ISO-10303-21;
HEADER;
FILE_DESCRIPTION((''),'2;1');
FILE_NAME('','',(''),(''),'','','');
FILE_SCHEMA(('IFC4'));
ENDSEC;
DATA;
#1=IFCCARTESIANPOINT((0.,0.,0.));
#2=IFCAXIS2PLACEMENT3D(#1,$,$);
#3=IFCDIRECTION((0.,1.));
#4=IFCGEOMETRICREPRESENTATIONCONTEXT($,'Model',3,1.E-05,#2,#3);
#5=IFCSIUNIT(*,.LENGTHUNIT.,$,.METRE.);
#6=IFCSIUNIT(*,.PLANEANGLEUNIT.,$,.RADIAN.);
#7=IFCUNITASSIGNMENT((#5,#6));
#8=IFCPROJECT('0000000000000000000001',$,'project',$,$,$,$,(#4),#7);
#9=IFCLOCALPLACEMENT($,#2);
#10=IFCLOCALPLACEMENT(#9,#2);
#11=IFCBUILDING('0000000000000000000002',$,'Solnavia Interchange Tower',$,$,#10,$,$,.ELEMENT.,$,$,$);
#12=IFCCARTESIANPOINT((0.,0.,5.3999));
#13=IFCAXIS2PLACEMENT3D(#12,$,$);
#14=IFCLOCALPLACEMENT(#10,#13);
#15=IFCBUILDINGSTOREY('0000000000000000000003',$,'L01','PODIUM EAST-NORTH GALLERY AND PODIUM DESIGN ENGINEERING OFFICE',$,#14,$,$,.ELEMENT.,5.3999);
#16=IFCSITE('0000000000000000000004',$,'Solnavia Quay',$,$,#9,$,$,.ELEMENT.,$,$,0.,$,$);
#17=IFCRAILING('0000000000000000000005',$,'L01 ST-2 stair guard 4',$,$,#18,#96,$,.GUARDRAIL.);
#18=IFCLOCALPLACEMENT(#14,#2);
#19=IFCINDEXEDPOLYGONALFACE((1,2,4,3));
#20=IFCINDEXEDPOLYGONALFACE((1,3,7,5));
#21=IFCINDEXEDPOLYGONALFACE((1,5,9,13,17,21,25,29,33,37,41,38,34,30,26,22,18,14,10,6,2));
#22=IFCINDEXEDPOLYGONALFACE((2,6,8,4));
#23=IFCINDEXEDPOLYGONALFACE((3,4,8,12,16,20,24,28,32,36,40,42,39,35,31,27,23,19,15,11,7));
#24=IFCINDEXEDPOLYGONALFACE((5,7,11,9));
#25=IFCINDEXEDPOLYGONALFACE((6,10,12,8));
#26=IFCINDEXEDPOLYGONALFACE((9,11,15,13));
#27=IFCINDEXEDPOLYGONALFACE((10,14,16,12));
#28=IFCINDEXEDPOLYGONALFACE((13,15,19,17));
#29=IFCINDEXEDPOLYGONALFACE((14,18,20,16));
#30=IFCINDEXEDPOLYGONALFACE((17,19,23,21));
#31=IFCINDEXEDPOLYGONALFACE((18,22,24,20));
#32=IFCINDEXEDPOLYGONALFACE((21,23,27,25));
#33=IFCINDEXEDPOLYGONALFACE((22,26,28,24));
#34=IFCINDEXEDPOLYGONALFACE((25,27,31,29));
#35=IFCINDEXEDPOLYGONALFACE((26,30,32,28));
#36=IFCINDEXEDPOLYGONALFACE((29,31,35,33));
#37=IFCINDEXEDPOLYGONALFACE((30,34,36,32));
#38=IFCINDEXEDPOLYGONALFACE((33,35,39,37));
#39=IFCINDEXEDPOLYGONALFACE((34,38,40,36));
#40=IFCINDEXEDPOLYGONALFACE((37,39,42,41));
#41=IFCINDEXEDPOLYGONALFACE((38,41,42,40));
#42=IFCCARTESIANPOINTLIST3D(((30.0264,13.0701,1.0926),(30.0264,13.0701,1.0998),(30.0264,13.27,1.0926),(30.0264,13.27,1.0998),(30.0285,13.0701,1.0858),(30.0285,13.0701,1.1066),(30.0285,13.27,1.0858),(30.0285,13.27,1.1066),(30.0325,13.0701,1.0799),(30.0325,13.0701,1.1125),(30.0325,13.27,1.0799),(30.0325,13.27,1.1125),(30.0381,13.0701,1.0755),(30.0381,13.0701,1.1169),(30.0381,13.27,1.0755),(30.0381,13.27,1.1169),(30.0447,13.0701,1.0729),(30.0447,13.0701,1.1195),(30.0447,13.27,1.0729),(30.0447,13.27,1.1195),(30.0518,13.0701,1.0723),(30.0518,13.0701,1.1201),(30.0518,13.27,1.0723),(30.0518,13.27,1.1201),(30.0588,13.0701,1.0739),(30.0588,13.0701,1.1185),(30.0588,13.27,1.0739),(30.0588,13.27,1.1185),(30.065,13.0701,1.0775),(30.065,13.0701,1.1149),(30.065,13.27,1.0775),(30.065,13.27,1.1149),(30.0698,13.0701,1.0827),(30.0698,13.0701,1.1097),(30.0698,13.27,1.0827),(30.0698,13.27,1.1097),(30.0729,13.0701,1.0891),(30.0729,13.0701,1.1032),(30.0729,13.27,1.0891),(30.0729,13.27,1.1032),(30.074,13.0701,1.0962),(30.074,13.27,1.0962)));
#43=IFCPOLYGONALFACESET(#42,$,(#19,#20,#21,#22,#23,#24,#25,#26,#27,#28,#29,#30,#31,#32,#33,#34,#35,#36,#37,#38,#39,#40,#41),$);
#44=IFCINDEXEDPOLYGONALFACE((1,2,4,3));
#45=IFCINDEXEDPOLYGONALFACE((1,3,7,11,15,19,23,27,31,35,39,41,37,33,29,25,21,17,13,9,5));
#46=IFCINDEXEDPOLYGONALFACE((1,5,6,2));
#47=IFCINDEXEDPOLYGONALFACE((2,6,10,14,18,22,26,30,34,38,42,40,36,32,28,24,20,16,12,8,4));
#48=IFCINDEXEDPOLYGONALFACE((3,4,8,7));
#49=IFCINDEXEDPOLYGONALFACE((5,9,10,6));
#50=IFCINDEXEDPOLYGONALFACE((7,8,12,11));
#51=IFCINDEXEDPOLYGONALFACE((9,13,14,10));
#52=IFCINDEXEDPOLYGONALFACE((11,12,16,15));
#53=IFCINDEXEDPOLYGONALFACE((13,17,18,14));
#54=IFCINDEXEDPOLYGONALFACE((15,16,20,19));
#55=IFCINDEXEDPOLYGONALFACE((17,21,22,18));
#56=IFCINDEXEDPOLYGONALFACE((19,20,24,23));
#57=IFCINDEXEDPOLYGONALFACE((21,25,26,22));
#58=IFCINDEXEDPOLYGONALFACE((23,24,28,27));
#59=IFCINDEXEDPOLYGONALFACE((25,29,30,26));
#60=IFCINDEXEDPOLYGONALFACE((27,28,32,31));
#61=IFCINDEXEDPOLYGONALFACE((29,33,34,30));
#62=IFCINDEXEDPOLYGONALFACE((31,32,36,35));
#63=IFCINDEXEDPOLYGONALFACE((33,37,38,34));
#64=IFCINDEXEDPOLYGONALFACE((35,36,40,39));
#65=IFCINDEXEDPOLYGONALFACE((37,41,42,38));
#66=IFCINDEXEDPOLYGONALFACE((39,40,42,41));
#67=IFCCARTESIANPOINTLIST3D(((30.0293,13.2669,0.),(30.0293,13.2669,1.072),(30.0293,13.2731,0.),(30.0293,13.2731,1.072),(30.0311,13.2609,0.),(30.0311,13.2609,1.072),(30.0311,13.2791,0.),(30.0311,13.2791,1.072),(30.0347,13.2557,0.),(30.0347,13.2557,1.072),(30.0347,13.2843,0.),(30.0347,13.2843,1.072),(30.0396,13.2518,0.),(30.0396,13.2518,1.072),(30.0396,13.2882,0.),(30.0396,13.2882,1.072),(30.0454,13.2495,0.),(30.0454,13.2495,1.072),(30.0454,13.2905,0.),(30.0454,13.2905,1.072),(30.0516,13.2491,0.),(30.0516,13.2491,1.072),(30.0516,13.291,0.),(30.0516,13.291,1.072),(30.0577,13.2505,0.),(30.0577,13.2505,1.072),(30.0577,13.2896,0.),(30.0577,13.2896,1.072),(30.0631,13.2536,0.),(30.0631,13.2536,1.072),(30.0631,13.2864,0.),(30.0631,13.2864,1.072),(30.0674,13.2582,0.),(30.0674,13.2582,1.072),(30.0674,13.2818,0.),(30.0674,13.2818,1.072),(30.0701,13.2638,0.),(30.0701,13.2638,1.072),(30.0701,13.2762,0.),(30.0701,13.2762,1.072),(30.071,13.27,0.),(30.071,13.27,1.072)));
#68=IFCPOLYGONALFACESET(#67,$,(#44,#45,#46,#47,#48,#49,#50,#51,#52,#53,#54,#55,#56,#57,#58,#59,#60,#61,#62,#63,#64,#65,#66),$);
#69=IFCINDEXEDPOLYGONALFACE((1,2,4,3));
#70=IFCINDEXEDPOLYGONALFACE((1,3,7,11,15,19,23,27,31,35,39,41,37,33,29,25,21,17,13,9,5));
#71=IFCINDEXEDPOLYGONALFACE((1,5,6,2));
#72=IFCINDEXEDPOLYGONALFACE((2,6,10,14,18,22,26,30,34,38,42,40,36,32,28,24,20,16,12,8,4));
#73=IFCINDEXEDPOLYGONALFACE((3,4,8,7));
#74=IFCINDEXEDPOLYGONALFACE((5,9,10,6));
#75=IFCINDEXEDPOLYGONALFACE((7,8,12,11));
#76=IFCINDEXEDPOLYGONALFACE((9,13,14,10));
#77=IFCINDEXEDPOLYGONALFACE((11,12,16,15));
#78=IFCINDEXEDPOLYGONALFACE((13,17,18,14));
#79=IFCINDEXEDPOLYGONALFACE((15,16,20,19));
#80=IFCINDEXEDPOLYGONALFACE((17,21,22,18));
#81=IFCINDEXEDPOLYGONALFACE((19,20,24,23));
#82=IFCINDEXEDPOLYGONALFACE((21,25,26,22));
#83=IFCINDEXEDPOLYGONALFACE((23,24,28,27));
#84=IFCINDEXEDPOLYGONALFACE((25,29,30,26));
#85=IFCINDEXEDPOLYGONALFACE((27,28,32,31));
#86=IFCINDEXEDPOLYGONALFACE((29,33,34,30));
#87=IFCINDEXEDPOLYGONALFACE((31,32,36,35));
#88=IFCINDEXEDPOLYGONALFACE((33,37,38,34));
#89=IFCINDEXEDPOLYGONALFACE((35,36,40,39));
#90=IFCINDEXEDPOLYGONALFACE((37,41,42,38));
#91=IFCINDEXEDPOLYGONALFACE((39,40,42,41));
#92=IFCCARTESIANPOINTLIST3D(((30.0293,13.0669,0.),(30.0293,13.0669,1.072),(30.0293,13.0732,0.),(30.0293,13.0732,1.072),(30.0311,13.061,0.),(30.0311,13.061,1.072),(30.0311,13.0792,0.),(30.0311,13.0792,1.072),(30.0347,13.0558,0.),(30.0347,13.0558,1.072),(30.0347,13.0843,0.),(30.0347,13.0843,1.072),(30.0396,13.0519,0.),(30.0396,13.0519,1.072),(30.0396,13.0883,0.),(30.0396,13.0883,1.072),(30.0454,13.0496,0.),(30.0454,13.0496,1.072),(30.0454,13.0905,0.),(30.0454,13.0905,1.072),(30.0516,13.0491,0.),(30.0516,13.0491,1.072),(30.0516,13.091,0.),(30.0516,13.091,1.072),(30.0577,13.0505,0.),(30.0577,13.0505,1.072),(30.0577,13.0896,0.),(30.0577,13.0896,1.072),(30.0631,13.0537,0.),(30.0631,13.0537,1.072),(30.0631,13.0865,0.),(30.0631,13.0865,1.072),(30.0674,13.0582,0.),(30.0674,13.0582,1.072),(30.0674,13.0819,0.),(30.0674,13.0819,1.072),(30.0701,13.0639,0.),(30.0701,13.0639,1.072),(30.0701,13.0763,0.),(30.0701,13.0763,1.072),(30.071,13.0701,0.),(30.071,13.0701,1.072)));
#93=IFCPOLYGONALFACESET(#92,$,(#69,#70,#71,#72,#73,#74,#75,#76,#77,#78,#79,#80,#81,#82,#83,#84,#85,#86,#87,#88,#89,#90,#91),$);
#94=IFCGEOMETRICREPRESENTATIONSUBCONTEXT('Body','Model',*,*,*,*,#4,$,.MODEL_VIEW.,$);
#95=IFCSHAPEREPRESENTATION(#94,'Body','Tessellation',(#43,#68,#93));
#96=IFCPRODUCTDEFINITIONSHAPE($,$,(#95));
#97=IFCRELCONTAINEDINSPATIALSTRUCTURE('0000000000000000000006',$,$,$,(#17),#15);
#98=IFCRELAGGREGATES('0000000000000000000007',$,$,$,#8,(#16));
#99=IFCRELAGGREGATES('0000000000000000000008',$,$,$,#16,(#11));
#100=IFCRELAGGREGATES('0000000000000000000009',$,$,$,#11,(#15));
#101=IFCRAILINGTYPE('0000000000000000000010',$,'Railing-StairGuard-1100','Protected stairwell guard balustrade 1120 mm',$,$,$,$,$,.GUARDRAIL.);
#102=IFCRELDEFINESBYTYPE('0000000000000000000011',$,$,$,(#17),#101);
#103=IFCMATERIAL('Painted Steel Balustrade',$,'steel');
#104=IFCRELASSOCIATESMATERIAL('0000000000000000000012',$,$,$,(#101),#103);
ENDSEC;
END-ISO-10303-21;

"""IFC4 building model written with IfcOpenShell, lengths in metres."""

from ifc_helpers import new_model, si_unit, direction, frame, origin, origin_2d, place, context, subcontext, project, spatial, circle, extrude, material, type_object, element, save


model = new_model("IFC4")

# Units and contexts
model_context = context("Model", 3, precision=1e-05, world=origin(), true_north=direction((0.0, 1.0)))
body_context = subcontext(model_context, "Body", "Model", "MODEL_VIEW")
ifc_project = project(units=[si_unit("LENGTHUNIT", "METRE"), si_unit("PLANEANGLEUNIT", "RADIAN")], contexts=[model_context])

# Site, building, storey
site_placement = place(None, origin())
site = spatial("IfcSite", under=ifc_project, at=site_placement, Name="Solnavia Quay", CompositionType="ELEMENT", RefElevation=0.0)
building_placement = place(site_placement, origin())
building = spatial("IfcBuilding", under=site, at=building_placement, Name="Solnavia Interchange Tower", CompositionType="ELEMENT")
storey_placement = place(building_placement, frame((0.0, 0.0, 5.3999)))
storey = spatial("IfcBuildingStorey", under=building, at=storey_placement, Name="L01", Description="PODIUM EAST-NORTH GALLERY AND PODIUM DESIGN ENGINEERING OFFICE", CompositionType="ELEMENT", Elevation=5.3999)

# Railing
ifc_material_1 = material(Name="Painted Steel Balustrade", Category="steel")
railing_type_1 = type_object("IfcRailingType", Name="Railing-StairGuard-1100", Description="Protected stairwell guard balustrade 1120 mm", PredefinedType="GUARDRAIL", material=ifc_material_1)
railing_1_placement = place(storey_placement, frame((30.05, 13.27, 0.0)))
element("IfcRailing", 1, at=railing_1_placement, inside=storey, type_object=railing_type_1, Name="L01 ST-2 stair guard 4", PredefinedType="GUARDRAIL", context=body_context, shape_type="SweptSolid", body=[
    extrude(circle(Radius=0.0239, at=origin_2d()), frame((0.0, 0.0, 1.0962), z_axis=(0.0, -1.0, 0.0), x_axis=(1.0, 0.0, 0.0)), (0.0, 0.0, 1.0), 0.2),
    extrude(circle(Radius=0.021, at=origin_2d()), origin(), (0.0, 0.0, 1.0), 1.072),
    extrude(circle(Radius=0.021, at=origin_2d()), frame((0.0, -0.2, 0.0)), (0.0, 0.0, 1.0), 1.072),
])

save(model, "model.ifc")
